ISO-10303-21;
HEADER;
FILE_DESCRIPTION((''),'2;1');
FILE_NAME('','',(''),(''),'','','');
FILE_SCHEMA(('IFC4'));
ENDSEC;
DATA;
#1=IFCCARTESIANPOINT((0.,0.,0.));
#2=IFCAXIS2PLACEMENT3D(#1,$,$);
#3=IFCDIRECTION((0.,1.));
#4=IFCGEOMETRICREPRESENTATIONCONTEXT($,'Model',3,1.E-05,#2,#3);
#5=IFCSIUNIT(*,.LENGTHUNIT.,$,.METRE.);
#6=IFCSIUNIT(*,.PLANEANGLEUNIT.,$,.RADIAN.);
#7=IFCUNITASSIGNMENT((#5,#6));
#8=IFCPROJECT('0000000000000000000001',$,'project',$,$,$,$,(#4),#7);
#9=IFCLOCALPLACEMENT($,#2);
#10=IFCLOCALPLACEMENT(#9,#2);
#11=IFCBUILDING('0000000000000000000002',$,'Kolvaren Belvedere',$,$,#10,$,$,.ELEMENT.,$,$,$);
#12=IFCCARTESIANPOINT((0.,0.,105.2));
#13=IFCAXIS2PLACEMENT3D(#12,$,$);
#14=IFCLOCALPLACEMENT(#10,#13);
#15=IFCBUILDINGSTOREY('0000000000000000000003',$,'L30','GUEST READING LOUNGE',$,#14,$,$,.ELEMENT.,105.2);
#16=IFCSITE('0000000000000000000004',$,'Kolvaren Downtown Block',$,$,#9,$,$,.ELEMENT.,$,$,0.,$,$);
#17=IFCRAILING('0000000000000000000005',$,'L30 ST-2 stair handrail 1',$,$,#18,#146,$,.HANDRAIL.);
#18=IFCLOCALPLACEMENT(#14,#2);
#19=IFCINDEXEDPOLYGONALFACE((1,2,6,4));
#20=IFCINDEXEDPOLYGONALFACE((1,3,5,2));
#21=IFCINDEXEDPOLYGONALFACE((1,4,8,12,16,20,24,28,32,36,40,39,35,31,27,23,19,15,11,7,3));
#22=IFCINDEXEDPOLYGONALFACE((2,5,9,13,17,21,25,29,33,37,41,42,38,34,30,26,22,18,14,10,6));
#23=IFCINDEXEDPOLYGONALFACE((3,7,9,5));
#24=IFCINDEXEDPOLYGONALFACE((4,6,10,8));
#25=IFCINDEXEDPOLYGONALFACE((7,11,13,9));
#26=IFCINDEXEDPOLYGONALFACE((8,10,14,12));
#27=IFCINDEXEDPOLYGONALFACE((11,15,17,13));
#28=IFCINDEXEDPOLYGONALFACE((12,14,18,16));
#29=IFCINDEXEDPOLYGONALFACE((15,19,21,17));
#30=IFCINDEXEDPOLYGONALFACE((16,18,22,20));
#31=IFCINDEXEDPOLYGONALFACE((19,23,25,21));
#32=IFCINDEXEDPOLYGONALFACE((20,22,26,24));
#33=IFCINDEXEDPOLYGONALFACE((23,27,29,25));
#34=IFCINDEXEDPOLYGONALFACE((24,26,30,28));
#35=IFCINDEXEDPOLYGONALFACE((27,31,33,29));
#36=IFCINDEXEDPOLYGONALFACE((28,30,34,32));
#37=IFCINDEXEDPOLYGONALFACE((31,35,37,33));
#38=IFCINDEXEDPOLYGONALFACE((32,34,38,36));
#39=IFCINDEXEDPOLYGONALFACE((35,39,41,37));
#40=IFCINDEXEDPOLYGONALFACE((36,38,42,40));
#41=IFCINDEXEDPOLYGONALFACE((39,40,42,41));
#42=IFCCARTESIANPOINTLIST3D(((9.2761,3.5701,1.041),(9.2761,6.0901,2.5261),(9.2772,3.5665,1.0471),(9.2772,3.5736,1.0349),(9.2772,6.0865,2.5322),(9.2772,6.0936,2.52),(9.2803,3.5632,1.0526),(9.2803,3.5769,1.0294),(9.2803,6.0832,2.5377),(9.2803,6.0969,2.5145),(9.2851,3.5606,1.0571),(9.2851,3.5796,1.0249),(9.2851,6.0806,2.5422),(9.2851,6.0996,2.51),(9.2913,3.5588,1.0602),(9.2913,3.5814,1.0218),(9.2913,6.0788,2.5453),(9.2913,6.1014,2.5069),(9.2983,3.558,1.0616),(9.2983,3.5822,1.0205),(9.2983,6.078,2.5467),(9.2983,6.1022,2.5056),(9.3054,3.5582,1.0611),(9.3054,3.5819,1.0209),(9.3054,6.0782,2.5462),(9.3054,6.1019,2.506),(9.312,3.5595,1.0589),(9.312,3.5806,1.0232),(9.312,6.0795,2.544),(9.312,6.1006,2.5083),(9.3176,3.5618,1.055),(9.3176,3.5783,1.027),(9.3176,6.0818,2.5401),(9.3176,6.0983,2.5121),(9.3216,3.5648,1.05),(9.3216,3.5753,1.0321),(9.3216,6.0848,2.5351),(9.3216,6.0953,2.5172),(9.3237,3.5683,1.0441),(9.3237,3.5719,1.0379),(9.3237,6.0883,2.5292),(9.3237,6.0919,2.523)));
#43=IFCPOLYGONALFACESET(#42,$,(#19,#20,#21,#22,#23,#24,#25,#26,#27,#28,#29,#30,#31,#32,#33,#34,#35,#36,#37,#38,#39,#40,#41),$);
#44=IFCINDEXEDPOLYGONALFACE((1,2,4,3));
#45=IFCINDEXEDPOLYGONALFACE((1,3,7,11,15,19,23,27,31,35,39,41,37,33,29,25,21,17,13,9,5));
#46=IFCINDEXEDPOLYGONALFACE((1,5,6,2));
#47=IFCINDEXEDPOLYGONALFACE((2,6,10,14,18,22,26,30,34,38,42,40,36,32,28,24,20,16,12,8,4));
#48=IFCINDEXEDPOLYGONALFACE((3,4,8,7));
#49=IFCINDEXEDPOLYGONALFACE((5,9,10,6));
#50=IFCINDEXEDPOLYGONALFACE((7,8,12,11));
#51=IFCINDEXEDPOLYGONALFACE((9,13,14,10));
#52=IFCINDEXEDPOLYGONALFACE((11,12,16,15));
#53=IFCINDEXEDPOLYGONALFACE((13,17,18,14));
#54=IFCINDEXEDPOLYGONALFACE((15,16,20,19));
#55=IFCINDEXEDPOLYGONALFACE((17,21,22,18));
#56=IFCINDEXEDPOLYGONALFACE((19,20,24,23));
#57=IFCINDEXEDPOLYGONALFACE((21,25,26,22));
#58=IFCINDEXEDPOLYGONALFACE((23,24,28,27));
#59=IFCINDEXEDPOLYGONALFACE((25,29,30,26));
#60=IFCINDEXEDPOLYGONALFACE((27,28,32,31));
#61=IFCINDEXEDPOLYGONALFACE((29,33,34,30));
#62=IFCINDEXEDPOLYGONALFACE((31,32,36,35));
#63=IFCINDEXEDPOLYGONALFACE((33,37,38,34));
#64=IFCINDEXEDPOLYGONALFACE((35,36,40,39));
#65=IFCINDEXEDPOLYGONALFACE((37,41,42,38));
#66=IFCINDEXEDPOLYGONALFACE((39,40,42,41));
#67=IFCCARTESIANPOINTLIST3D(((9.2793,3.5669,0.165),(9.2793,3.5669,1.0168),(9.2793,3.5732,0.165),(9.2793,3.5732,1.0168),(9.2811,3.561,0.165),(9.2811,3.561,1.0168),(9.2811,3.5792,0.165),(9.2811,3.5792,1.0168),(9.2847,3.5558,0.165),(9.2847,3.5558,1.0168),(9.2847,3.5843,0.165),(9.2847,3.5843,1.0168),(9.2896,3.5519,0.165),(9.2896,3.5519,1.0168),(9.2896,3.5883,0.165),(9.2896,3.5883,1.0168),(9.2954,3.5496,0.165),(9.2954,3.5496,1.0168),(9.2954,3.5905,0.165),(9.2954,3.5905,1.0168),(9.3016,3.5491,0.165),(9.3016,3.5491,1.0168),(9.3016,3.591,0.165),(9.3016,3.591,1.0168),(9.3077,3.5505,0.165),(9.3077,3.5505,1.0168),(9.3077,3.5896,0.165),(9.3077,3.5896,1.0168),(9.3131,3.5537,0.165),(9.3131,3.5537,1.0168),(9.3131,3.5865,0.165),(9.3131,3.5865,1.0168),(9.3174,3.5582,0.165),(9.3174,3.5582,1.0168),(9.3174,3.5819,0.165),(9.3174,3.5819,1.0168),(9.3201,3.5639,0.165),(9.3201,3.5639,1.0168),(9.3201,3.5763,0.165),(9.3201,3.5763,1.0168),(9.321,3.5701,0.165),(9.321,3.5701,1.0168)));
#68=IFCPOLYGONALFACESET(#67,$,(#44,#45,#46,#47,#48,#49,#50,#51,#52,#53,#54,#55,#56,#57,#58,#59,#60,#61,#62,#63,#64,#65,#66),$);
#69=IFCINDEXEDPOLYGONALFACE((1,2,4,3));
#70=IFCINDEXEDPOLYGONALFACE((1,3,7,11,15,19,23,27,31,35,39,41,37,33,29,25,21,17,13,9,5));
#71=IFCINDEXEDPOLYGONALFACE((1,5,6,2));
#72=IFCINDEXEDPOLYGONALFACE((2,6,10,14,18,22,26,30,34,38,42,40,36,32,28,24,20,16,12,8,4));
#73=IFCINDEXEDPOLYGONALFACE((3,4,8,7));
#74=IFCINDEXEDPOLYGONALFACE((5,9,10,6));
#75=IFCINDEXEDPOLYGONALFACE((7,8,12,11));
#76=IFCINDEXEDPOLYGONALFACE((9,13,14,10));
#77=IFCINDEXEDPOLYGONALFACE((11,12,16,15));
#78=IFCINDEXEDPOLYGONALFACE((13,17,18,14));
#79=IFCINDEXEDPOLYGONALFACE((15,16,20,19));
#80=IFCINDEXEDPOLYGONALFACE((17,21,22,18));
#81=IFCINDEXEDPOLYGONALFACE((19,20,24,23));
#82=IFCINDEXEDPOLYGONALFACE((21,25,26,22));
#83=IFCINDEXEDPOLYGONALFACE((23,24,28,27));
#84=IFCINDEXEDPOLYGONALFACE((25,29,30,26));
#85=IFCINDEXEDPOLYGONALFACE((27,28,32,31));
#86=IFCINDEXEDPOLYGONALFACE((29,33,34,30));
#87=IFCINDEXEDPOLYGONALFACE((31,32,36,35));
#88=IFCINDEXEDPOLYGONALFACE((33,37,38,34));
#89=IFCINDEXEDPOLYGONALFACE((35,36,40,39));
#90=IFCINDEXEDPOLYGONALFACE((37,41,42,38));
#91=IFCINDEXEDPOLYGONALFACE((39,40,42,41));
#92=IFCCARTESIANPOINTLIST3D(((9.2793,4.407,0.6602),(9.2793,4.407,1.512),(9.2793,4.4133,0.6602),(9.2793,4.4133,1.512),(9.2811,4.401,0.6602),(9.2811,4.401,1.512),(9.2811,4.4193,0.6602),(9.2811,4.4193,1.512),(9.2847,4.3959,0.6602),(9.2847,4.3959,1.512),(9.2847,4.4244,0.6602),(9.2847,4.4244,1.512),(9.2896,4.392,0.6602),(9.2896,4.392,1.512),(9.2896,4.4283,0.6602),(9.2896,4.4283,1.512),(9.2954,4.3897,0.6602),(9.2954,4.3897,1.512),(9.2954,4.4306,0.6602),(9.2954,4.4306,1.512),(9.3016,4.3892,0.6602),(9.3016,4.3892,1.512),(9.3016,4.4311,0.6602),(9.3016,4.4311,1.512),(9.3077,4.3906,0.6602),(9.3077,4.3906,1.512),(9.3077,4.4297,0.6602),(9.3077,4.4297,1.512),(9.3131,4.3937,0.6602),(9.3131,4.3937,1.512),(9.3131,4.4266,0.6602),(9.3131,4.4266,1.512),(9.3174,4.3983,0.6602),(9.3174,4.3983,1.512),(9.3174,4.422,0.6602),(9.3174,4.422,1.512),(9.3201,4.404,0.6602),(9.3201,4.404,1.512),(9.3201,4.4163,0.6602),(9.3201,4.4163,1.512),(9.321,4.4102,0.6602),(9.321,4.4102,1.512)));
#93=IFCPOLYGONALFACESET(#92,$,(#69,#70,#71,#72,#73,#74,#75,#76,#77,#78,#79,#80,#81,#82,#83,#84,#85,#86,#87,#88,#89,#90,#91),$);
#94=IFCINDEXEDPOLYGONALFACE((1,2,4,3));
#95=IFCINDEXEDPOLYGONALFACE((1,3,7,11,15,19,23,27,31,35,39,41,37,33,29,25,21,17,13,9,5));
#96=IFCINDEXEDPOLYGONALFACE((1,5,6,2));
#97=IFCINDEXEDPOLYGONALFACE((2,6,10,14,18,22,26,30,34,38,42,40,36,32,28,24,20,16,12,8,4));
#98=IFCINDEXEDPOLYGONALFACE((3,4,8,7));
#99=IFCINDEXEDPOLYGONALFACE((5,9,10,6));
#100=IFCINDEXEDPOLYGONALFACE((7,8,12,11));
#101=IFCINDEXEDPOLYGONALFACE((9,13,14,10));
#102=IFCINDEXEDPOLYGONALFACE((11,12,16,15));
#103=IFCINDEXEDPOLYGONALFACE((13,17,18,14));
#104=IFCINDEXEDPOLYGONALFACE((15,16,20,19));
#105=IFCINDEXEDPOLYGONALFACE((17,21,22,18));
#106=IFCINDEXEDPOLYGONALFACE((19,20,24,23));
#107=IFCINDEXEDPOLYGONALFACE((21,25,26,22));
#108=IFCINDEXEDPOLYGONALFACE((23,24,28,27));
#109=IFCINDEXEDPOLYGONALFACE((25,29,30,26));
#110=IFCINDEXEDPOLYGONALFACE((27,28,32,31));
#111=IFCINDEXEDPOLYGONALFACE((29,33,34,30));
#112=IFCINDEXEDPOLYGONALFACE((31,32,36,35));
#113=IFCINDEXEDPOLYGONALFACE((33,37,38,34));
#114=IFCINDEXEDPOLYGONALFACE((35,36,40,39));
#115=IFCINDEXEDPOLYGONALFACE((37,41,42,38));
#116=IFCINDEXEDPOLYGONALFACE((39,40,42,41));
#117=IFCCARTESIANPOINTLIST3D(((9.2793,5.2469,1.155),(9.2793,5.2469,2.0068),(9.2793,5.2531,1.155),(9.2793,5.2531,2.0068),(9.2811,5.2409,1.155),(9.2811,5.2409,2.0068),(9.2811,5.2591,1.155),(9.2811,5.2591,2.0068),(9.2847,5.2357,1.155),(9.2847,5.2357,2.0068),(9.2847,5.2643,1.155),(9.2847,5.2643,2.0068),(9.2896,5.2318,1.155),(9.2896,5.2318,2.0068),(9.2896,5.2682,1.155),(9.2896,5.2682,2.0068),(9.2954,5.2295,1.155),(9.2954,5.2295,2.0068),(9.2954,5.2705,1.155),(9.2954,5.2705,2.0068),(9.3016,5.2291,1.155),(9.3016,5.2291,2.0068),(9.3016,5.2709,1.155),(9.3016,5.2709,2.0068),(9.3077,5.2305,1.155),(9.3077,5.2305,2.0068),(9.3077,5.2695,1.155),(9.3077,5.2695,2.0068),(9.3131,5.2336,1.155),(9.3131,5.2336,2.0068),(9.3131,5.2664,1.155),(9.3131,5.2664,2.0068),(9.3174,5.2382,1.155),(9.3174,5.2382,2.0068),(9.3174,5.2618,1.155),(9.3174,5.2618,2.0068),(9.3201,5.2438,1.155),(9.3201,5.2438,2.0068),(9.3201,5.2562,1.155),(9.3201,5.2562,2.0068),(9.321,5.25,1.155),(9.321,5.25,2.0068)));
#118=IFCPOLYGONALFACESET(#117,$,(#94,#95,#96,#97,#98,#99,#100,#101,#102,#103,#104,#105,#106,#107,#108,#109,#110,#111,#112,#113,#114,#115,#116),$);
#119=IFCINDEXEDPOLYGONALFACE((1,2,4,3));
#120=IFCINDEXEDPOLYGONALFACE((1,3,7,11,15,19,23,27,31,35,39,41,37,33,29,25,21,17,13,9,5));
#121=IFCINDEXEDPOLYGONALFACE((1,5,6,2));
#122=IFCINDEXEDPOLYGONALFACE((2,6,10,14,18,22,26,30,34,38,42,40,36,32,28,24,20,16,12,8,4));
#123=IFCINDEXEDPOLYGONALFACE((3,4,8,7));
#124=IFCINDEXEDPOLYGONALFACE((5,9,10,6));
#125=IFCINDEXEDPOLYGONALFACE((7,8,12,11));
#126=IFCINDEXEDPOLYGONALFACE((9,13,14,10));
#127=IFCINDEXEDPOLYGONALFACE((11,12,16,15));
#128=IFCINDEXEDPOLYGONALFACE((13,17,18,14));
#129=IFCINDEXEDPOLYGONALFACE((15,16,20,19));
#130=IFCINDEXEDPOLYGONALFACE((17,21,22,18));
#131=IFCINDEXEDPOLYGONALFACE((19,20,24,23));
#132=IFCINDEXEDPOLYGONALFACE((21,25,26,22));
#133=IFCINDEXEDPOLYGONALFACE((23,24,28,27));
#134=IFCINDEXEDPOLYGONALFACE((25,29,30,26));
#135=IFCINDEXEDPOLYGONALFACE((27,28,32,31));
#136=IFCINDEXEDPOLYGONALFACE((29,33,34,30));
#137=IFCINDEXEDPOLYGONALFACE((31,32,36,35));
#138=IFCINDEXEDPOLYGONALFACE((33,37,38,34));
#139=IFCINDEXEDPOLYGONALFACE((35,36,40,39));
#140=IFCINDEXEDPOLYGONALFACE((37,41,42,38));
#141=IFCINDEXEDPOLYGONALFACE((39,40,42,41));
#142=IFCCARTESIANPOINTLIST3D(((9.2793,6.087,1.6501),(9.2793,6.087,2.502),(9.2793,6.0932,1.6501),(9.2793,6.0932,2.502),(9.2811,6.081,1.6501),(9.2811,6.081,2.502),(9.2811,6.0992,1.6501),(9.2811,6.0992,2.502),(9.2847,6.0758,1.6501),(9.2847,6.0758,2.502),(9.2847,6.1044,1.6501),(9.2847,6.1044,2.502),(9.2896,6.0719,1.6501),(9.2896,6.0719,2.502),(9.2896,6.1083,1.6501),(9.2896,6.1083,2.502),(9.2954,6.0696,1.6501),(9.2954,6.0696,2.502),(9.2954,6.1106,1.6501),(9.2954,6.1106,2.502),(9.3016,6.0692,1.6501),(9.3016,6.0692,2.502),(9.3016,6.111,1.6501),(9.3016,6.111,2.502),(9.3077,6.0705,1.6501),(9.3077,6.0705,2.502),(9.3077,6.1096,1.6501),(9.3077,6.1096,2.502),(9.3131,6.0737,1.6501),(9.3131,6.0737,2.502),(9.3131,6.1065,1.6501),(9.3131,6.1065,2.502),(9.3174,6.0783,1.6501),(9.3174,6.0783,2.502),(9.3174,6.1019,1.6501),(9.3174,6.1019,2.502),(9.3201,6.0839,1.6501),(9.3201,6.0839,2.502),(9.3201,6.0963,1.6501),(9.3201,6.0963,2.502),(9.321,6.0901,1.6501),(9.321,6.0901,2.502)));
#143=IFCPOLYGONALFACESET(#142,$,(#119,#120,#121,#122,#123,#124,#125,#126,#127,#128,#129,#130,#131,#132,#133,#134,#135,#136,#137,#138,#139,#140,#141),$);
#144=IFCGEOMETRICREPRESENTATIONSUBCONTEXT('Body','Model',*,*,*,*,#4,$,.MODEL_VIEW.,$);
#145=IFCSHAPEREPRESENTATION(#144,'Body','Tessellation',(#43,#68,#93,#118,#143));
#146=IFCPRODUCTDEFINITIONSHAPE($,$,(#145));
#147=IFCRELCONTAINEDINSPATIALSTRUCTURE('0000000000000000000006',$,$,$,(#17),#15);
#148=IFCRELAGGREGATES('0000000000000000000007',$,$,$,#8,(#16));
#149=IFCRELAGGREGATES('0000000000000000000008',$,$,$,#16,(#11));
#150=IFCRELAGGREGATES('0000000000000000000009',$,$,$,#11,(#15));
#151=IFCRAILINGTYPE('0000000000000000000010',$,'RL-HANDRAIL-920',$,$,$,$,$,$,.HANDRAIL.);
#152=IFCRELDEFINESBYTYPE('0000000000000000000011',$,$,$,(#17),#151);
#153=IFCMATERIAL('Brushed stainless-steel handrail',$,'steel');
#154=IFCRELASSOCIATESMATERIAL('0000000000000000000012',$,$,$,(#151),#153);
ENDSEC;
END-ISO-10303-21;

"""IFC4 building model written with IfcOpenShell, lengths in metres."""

from ifc_helpers import new_model, si_unit, direction, frame, origin, origin_2d, place, context, subcontext, project, spatial, circle, extrude, material, type_object, element, save


model = new_model("IFC4")

# Units and contexts
model_context = context("Model", 3, precision=1e-05, world=origin(), true_north=direction((0.0, 1.0)))
body_context = subcontext(model_context, "Body", "Model", "MODEL_VIEW")
ifc_project = project(units=[si_unit("LENGTHUNIT", "METRE"), si_unit("PLANEANGLEUNIT", "RADIAN")], contexts=[model_context])

# Site, building, storey
site_placement = place(None, origin())
site = spatial("IfcSite", under=ifc_project, at=site_placement, Name="Kolvaren Downtown Block", CompositionType="ELEMENT", RefElevation=0.0)
building_placement = place(site_placement, origin())
building = spatial("IfcBuilding", under=site, at=building_placement, Name="Kolvaren Belvedere", CompositionType="ELEMENT")
storey_placement = place(building_placement, frame((0.0, 0.0, 105.2)))
storey = spatial("IfcBuildingStorey", under=building, at=storey_placement, Name="L30", Description="GUEST READING LOUNGE", CompositionType="ELEMENT", Elevation=105.2)

# Railing
ifc_material_1 = material(Name="Brushed stainless-steel handrail", Category="steel")
railing_type_1 = type_object("IfcRailingType", Name="RL-HANDRAIL-920", PredefinedType="HANDRAIL", material=ifc_material_1)
railing_1_placement = place(storey_placement, frame((9.3, 3.5701, 0.165)))
element("IfcRailing", 1, at=railing_1_placement, inside=storey, type_object=railing_type_1, Name="L30 ST-2 stair handrail 1", PredefinedType="HANDRAIL", context=body_context, shape_type="SweptSolid", body=[
    extrude(circle(Radius=0.0239, at=origin_2d()), frame((0.0, 0.0, 0.876), z_axis=(0.0, 0.861524, 0.507717), x_axis=(-1.0, 0.0, 0.0)), (0.0, 0.0, 1.0), 2.925),
    extrude(circle(Radius=0.021, at=origin_2d()), origin(), (0.0, 0.0, 1.0), 0.8518),
    extrude(circle(Radius=0.021, at=origin_2d()), frame((0.0, 0.8401, 0.4951)), (0.0, 0.0, 1.0), 0.8518),
    extrude(circle(Radius=0.021, at=origin_2d()), frame((0.0, 1.6799, 0.99)), (0.0, 0.0, 1.0), 0.8518),
    extrude(circle(Radius=0.021, at=origin_2d()), frame((0.0, 2.52, 1.4851)), (0.0, 0.0, 1.0), 0.8518),
])

save(model, "model.ifc")
